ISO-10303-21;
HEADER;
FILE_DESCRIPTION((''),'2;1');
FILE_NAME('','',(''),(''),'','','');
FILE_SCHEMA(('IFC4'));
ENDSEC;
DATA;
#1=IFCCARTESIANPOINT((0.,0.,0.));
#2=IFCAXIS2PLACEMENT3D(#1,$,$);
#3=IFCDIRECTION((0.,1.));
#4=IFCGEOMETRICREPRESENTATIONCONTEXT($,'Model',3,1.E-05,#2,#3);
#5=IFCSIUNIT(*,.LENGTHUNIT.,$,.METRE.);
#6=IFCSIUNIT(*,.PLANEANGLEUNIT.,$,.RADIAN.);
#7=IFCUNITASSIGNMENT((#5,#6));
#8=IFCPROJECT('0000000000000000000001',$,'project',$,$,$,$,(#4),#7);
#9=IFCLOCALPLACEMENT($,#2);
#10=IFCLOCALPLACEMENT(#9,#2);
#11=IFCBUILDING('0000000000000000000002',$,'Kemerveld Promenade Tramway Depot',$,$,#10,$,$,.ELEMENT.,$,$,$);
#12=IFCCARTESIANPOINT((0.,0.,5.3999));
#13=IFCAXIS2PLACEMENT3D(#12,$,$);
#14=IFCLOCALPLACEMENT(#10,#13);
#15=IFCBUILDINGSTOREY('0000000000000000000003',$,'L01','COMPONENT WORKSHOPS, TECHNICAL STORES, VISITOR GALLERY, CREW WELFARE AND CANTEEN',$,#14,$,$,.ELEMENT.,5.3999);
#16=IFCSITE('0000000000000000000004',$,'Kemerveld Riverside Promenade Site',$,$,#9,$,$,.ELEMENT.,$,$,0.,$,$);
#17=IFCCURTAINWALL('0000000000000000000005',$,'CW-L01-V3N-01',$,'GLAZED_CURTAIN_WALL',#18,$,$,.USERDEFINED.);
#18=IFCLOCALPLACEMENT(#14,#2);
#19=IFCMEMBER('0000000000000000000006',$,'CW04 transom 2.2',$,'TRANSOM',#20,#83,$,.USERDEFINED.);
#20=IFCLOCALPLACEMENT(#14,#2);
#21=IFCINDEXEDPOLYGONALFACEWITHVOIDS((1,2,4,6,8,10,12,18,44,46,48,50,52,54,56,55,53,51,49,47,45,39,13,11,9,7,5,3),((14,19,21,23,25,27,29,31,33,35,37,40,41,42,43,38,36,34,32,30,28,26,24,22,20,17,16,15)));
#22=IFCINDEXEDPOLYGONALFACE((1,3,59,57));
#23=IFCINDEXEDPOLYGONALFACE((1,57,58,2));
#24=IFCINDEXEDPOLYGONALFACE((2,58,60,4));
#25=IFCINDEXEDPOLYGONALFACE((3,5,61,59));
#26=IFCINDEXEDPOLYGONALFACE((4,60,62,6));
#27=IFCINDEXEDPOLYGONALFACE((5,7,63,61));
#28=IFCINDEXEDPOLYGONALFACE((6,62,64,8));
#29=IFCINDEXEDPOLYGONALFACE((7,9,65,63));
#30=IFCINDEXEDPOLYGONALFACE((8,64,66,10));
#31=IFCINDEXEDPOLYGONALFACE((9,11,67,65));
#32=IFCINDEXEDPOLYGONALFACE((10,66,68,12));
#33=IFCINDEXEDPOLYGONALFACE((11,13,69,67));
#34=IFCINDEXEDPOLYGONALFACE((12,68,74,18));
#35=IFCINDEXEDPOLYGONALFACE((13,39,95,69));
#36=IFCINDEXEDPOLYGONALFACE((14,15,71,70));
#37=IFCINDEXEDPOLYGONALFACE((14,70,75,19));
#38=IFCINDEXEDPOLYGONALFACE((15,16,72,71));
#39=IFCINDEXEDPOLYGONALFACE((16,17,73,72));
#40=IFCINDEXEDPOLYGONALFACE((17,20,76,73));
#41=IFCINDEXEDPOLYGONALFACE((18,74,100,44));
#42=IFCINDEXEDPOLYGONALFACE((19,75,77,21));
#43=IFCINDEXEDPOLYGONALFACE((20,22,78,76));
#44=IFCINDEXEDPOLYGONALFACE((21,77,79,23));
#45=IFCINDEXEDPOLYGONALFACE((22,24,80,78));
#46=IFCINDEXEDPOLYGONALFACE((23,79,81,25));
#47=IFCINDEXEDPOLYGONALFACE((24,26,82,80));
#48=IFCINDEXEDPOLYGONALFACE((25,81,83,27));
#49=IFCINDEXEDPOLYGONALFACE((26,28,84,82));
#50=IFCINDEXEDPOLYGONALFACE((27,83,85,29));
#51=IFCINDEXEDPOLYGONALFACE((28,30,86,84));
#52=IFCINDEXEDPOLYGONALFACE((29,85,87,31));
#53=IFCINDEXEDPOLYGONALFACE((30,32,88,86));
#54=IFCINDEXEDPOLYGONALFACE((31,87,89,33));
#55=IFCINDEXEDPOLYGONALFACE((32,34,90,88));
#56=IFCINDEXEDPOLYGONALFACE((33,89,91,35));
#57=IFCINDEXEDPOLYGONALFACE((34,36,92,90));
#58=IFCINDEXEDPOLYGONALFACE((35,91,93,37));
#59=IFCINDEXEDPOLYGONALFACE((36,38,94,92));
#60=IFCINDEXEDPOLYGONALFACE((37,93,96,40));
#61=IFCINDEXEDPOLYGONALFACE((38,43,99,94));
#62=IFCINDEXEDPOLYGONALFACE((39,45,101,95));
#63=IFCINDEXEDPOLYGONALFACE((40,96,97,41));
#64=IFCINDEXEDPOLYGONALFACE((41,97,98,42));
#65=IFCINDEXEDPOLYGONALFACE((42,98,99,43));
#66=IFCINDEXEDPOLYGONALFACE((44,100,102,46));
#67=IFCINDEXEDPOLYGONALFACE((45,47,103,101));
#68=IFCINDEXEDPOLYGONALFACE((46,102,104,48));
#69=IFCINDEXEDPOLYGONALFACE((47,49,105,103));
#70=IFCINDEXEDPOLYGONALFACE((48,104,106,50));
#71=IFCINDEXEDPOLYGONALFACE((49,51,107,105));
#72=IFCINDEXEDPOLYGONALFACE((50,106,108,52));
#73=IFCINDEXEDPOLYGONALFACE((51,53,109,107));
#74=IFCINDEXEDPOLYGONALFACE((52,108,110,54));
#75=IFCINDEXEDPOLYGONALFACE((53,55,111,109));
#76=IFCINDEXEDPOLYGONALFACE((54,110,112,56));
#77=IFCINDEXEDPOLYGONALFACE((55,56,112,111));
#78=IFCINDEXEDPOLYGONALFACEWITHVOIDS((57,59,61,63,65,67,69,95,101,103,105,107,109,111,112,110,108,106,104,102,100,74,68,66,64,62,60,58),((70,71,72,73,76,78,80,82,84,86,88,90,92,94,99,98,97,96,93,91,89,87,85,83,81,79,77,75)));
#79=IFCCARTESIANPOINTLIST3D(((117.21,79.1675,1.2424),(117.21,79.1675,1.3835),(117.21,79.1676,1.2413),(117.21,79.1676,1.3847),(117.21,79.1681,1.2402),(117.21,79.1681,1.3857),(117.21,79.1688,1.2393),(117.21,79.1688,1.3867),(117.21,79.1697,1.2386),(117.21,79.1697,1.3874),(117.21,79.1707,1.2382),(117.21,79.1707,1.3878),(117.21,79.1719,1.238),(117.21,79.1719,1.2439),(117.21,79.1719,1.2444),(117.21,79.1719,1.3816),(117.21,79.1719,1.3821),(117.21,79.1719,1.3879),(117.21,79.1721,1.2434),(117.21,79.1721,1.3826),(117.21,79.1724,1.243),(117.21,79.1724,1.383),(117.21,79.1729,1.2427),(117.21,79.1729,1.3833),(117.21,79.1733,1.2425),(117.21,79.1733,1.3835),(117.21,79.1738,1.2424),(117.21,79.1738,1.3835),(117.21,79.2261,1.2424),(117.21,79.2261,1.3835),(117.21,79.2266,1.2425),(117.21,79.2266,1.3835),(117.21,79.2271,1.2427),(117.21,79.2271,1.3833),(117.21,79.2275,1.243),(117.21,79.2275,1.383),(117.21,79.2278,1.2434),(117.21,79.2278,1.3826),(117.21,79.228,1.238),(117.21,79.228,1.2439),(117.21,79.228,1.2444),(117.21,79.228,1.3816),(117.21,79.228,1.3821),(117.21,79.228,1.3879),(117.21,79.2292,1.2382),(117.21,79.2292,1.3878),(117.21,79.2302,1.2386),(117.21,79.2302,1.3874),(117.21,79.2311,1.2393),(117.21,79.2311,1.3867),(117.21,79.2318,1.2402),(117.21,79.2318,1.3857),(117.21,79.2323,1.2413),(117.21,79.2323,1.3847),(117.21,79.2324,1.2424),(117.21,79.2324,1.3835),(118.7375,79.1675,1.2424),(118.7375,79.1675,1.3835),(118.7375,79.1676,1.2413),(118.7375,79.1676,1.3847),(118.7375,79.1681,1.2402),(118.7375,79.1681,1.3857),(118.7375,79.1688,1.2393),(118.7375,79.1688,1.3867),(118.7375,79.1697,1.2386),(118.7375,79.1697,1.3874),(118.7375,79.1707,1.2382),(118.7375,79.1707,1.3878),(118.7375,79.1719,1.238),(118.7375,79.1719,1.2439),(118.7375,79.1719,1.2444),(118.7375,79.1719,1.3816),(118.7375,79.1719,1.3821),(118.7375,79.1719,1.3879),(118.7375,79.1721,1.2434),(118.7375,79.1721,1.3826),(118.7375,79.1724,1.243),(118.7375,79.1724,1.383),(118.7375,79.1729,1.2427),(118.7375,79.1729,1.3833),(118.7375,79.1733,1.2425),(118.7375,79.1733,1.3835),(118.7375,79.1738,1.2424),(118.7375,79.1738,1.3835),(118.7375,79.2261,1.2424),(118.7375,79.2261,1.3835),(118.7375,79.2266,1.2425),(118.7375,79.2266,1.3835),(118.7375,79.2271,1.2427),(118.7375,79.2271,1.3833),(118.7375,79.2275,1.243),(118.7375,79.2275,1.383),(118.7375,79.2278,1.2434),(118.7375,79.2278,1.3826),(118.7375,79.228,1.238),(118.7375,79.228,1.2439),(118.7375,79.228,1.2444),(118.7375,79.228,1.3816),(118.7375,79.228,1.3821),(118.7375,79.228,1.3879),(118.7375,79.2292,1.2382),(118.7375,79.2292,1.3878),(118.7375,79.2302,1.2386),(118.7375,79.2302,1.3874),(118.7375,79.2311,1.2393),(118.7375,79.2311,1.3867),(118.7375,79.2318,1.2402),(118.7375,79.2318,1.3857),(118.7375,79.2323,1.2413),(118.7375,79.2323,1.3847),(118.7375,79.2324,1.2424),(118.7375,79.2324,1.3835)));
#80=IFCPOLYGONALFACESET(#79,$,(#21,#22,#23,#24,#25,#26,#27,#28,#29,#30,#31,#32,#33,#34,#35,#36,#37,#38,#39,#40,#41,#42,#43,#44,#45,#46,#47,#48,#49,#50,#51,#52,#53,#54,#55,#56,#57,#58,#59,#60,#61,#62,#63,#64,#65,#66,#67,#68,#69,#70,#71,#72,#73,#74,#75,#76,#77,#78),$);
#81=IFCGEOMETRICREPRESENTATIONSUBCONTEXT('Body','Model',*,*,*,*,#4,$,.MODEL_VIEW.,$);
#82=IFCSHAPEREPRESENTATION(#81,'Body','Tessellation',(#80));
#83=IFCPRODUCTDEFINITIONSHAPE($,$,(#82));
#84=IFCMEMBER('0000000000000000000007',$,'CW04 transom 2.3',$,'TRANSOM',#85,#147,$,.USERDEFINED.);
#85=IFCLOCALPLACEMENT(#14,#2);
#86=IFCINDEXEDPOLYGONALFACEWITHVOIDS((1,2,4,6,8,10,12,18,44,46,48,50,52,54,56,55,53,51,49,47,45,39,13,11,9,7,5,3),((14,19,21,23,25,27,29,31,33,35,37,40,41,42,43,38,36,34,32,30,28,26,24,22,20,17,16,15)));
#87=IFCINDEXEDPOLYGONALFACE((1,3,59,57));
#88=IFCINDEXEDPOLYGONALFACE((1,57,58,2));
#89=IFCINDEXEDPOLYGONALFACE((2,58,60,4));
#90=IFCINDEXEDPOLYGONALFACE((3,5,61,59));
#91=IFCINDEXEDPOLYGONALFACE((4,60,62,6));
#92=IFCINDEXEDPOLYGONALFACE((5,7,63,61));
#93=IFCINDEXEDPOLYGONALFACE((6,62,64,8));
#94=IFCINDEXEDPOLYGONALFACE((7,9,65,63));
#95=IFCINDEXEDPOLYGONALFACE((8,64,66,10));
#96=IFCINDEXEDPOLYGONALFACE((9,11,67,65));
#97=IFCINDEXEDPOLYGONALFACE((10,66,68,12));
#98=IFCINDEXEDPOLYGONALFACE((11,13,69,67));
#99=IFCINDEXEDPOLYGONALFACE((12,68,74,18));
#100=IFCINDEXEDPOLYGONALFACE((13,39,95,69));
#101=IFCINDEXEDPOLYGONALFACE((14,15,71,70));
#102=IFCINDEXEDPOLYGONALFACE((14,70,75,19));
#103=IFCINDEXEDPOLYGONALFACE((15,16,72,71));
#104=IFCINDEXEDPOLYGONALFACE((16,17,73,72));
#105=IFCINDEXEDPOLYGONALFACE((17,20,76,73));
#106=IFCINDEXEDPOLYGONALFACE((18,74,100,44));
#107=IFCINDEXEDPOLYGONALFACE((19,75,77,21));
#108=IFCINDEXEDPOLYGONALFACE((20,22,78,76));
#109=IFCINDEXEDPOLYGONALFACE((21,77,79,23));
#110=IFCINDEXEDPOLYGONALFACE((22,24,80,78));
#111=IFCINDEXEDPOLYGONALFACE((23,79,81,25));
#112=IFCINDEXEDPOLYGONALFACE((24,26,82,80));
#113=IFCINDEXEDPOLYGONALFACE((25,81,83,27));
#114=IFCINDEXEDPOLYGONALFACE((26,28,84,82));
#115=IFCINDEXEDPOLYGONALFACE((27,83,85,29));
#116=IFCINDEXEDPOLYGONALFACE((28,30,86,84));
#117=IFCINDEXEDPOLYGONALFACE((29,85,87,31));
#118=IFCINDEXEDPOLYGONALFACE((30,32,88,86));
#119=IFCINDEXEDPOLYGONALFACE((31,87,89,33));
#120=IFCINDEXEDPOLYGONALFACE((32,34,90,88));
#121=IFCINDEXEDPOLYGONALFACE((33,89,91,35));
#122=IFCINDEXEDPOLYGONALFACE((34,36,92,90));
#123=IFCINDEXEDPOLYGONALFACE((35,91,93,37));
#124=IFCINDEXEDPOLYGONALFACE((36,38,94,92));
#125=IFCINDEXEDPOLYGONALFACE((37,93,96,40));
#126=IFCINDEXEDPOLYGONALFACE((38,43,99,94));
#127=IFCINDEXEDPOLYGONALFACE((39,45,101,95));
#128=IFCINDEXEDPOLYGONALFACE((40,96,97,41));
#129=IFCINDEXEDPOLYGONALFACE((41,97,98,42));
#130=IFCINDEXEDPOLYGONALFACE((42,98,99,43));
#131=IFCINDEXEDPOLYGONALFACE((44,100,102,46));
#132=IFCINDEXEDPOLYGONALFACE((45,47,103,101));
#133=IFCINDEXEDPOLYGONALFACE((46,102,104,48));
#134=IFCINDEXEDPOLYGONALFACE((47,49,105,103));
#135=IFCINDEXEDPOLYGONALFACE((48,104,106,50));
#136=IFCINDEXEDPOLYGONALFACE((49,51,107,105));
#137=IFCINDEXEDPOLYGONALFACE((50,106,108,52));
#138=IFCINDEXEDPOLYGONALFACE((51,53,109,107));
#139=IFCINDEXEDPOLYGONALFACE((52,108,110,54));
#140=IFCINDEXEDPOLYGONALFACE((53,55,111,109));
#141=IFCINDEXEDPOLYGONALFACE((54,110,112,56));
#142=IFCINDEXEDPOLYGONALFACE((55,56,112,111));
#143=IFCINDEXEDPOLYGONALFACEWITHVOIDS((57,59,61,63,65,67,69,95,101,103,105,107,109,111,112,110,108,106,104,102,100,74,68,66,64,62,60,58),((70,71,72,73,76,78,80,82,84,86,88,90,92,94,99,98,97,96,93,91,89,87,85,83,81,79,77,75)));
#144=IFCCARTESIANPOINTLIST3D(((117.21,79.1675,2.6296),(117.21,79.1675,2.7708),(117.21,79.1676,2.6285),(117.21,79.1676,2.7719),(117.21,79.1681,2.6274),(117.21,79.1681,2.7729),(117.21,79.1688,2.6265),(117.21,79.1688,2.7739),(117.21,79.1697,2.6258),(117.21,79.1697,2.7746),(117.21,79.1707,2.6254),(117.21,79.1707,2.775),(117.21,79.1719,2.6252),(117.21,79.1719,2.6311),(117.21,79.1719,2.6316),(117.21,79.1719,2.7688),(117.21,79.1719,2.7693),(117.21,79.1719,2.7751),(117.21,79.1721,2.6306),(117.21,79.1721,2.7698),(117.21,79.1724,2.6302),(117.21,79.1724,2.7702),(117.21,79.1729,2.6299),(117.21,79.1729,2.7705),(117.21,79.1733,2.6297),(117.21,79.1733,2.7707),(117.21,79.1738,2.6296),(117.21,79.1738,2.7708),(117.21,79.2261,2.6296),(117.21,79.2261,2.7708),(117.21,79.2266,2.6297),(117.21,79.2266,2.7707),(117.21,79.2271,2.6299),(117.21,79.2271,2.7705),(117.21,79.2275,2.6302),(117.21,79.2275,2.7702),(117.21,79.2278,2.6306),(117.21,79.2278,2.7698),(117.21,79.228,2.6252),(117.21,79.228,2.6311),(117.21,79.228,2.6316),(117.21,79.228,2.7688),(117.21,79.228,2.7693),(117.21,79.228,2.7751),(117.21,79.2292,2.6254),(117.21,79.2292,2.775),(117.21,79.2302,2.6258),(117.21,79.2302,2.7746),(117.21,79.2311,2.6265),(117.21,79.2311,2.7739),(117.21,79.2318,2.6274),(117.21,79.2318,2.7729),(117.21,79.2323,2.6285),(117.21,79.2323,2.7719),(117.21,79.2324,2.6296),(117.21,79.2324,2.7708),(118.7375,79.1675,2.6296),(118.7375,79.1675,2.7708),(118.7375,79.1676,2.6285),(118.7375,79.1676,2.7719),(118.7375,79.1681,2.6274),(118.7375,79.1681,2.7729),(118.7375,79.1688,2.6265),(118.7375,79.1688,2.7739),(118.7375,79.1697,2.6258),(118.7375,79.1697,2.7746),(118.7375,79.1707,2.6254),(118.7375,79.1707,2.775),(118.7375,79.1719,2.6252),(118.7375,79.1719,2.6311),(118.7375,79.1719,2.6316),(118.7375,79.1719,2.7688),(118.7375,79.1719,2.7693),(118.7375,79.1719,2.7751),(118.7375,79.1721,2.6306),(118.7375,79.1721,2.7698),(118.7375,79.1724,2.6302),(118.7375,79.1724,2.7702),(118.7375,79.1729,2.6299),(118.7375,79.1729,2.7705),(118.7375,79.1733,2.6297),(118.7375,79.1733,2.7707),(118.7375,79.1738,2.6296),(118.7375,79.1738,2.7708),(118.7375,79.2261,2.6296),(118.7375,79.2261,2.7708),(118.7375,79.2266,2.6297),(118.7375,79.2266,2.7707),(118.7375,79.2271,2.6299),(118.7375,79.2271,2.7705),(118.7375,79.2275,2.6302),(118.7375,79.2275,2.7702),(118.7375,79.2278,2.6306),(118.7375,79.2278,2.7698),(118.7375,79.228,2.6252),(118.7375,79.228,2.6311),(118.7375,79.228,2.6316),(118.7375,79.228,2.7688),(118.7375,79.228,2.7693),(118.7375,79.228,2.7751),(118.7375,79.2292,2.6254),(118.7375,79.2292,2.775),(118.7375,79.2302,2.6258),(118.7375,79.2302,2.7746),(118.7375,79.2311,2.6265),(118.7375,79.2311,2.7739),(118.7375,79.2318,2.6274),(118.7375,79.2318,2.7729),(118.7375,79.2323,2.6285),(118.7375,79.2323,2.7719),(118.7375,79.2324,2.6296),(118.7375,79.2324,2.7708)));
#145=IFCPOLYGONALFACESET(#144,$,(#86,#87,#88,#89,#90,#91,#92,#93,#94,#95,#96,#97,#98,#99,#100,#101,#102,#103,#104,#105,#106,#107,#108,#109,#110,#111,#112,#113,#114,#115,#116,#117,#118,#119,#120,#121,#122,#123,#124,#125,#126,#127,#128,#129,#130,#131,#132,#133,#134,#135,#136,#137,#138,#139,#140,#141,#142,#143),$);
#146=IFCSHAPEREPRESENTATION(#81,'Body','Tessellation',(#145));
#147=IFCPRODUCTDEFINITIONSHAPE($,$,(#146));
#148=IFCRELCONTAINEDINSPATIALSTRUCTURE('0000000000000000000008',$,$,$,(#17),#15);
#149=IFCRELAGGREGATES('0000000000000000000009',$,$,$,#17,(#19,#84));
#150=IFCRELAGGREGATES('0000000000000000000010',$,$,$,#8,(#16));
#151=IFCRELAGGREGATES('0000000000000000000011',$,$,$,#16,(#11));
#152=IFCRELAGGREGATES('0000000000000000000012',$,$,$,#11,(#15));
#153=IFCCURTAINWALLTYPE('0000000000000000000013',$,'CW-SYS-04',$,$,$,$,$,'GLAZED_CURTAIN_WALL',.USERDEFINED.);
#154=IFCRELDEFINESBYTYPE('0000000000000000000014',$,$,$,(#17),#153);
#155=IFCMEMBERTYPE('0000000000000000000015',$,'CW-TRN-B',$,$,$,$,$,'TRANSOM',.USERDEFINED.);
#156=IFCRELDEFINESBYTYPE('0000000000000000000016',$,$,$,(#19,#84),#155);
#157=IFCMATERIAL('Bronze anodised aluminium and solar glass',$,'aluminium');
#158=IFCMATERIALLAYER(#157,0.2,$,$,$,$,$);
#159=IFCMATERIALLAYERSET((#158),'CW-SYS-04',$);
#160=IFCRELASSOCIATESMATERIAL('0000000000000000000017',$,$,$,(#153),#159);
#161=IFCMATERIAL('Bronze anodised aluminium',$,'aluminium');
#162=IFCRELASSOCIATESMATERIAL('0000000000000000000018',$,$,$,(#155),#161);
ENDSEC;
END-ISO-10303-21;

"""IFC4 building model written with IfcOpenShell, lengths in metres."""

from ifc_helpers import new_model, si_unit, direction, frame, origin, origin_2d, place, context, subcontext, project, spatial, hollow_rectangle, extrude, material, layer, layer_set, material_profile, profile_set, type_object, element, aggregate, save


model = new_model("IFC4")

# Units and contexts
model_context = context("Model", 3, precision=1e-05, world=origin(), true_north=direction((0.0, 1.0)))
body_context = subcontext(model_context, "Body", "Model", "MODEL_VIEW")
ifc_project = project(units=[si_unit("LENGTHUNIT", "METRE"), si_unit("PLANEANGLEUNIT", "RADIAN")], contexts=[model_context])

# Site, building, storey
site_placement = place(None, origin())
site = spatial("IfcSite", under=ifc_project, at=site_placement, Name="Kemerveld Riverside Promenade Site", CompositionType="ELEMENT", RefElevation=0.0)
building_placement = place(site_placement, origin())
building = spatial("IfcBuilding", under=site, at=building_placement, Name="Kemerveld Promenade Tramway Depot", CompositionType="ELEMENT")
storey_placement = place(building_placement, frame((0.0, 0.0, 5.3999)))
storey = spatial("IfcBuildingStorey", under=building, at=storey_placement, Name="L01", Description="COMPONENT WORKSHOPS, TECHNICAL STORES, VISITOR GALLERY, CREW WELFARE AND CANTEEN", CompositionType="ELEMENT", Elevation=5.3999)

# Curtain wall, members
ifc_material_1 = material(Name="Bronze anodised aluminium and solar glass", Category="aluminium")
ifc_layer_1 = layer(ifc_material_1, 0.2)
ifc_layer_set_1 = layer_set([ifc_layer_1], Name="CW-SYS-04")
curtain_wall_type = type_object("IfcCurtainWallType", Name="CW-SYS-04", ElementType="GLAZED_CURTAIN_WALL", PredefinedType="USERDEFINED", material=ifc_layer_set_1)
curtain_wall_placement = place(storey_placement, origin())
curtain_wall = element("IfcCurtainWall", 1, at=curtain_wall_placement, inside=storey, type_object=curtain_wall_type, Name="CW-L01-V3N-01", ObjectType="GLAZED_CURTAIN_WALL", PredefinedType="USERDEFINED")
ifc_material_2 = material(Name="Bronze anodised aluminium", Category="aluminium")
ifc_material_profile_1 = material_profile(ifc_material_2, hollow_rectangle(XDim=0.0649, YDim=0.1499, WallThickness=0.0044, InnerFilletRadius=0.002, OuterFilletRadius=0.0044, at=origin_2d()), Name="CW-TRN-150x65")
ifc_profile_set_1 = profile_set([ifc_material_profile_1], Name="Bronze anodised aluminium")
member_type_1 = type_object("IfcMemberType", Name="CW-TRN-B", ElementType="TRANSOM", PredefinedType="USERDEFINED", material=ifc_profile_set_1)
member_1_placement = place(storey_placement, frame((117.21, 79.2, 1.313), z_axis=(1.0, 0.0, 0.0), x_axis=(0.0, 1.0, 0.0)))
member_1 = element("IfcMember", 2, at=member_1_placement, type_object=member_type_1, Name="CW04 transom 2.2", ObjectType="TRANSOM", PredefinedType="USERDEFINED", context=body_context, shape_type="SweptSolid", body=[
    extrude(hollow_rectangle(XDim=0.0649, YDim=0.1499, WallThickness=0.0044, InnerFilletRadius=0.002, OuterFilletRadius=0.0044, at=origin_2d()), origin(), (0.0, 0.0, 1.0), 1.5276),
])
member_2_placement = place(storey_placement, frame((117.21, 79.2, 2.7002), z_axis=(1.0, 0.0, 0.0), x_axis=(0.0, 1.0, 0.0)))
member_2 = element("IfcMember", 3, at=member_2_placement, type_object=member_type_1, Name="CW04 transom 2.3", ObjectType="TRANSOM", PredefinedType="USERDEFINED", context=body_context, shape_type="SweptSolid", body=[
    extrude(hollow_rectangle(XDim=0.0649, YDim=0.1499, WallThickness=0.0044, InnerFilletRadius=0.002, OuterFilletRadius=0.0044, at=origin_2d()), origin(), (0.0, 0.0, 1.0), 1.5276),
])
aggregate(curtain_wall, [member_1, member_2])

save(model, "model.ifc")
